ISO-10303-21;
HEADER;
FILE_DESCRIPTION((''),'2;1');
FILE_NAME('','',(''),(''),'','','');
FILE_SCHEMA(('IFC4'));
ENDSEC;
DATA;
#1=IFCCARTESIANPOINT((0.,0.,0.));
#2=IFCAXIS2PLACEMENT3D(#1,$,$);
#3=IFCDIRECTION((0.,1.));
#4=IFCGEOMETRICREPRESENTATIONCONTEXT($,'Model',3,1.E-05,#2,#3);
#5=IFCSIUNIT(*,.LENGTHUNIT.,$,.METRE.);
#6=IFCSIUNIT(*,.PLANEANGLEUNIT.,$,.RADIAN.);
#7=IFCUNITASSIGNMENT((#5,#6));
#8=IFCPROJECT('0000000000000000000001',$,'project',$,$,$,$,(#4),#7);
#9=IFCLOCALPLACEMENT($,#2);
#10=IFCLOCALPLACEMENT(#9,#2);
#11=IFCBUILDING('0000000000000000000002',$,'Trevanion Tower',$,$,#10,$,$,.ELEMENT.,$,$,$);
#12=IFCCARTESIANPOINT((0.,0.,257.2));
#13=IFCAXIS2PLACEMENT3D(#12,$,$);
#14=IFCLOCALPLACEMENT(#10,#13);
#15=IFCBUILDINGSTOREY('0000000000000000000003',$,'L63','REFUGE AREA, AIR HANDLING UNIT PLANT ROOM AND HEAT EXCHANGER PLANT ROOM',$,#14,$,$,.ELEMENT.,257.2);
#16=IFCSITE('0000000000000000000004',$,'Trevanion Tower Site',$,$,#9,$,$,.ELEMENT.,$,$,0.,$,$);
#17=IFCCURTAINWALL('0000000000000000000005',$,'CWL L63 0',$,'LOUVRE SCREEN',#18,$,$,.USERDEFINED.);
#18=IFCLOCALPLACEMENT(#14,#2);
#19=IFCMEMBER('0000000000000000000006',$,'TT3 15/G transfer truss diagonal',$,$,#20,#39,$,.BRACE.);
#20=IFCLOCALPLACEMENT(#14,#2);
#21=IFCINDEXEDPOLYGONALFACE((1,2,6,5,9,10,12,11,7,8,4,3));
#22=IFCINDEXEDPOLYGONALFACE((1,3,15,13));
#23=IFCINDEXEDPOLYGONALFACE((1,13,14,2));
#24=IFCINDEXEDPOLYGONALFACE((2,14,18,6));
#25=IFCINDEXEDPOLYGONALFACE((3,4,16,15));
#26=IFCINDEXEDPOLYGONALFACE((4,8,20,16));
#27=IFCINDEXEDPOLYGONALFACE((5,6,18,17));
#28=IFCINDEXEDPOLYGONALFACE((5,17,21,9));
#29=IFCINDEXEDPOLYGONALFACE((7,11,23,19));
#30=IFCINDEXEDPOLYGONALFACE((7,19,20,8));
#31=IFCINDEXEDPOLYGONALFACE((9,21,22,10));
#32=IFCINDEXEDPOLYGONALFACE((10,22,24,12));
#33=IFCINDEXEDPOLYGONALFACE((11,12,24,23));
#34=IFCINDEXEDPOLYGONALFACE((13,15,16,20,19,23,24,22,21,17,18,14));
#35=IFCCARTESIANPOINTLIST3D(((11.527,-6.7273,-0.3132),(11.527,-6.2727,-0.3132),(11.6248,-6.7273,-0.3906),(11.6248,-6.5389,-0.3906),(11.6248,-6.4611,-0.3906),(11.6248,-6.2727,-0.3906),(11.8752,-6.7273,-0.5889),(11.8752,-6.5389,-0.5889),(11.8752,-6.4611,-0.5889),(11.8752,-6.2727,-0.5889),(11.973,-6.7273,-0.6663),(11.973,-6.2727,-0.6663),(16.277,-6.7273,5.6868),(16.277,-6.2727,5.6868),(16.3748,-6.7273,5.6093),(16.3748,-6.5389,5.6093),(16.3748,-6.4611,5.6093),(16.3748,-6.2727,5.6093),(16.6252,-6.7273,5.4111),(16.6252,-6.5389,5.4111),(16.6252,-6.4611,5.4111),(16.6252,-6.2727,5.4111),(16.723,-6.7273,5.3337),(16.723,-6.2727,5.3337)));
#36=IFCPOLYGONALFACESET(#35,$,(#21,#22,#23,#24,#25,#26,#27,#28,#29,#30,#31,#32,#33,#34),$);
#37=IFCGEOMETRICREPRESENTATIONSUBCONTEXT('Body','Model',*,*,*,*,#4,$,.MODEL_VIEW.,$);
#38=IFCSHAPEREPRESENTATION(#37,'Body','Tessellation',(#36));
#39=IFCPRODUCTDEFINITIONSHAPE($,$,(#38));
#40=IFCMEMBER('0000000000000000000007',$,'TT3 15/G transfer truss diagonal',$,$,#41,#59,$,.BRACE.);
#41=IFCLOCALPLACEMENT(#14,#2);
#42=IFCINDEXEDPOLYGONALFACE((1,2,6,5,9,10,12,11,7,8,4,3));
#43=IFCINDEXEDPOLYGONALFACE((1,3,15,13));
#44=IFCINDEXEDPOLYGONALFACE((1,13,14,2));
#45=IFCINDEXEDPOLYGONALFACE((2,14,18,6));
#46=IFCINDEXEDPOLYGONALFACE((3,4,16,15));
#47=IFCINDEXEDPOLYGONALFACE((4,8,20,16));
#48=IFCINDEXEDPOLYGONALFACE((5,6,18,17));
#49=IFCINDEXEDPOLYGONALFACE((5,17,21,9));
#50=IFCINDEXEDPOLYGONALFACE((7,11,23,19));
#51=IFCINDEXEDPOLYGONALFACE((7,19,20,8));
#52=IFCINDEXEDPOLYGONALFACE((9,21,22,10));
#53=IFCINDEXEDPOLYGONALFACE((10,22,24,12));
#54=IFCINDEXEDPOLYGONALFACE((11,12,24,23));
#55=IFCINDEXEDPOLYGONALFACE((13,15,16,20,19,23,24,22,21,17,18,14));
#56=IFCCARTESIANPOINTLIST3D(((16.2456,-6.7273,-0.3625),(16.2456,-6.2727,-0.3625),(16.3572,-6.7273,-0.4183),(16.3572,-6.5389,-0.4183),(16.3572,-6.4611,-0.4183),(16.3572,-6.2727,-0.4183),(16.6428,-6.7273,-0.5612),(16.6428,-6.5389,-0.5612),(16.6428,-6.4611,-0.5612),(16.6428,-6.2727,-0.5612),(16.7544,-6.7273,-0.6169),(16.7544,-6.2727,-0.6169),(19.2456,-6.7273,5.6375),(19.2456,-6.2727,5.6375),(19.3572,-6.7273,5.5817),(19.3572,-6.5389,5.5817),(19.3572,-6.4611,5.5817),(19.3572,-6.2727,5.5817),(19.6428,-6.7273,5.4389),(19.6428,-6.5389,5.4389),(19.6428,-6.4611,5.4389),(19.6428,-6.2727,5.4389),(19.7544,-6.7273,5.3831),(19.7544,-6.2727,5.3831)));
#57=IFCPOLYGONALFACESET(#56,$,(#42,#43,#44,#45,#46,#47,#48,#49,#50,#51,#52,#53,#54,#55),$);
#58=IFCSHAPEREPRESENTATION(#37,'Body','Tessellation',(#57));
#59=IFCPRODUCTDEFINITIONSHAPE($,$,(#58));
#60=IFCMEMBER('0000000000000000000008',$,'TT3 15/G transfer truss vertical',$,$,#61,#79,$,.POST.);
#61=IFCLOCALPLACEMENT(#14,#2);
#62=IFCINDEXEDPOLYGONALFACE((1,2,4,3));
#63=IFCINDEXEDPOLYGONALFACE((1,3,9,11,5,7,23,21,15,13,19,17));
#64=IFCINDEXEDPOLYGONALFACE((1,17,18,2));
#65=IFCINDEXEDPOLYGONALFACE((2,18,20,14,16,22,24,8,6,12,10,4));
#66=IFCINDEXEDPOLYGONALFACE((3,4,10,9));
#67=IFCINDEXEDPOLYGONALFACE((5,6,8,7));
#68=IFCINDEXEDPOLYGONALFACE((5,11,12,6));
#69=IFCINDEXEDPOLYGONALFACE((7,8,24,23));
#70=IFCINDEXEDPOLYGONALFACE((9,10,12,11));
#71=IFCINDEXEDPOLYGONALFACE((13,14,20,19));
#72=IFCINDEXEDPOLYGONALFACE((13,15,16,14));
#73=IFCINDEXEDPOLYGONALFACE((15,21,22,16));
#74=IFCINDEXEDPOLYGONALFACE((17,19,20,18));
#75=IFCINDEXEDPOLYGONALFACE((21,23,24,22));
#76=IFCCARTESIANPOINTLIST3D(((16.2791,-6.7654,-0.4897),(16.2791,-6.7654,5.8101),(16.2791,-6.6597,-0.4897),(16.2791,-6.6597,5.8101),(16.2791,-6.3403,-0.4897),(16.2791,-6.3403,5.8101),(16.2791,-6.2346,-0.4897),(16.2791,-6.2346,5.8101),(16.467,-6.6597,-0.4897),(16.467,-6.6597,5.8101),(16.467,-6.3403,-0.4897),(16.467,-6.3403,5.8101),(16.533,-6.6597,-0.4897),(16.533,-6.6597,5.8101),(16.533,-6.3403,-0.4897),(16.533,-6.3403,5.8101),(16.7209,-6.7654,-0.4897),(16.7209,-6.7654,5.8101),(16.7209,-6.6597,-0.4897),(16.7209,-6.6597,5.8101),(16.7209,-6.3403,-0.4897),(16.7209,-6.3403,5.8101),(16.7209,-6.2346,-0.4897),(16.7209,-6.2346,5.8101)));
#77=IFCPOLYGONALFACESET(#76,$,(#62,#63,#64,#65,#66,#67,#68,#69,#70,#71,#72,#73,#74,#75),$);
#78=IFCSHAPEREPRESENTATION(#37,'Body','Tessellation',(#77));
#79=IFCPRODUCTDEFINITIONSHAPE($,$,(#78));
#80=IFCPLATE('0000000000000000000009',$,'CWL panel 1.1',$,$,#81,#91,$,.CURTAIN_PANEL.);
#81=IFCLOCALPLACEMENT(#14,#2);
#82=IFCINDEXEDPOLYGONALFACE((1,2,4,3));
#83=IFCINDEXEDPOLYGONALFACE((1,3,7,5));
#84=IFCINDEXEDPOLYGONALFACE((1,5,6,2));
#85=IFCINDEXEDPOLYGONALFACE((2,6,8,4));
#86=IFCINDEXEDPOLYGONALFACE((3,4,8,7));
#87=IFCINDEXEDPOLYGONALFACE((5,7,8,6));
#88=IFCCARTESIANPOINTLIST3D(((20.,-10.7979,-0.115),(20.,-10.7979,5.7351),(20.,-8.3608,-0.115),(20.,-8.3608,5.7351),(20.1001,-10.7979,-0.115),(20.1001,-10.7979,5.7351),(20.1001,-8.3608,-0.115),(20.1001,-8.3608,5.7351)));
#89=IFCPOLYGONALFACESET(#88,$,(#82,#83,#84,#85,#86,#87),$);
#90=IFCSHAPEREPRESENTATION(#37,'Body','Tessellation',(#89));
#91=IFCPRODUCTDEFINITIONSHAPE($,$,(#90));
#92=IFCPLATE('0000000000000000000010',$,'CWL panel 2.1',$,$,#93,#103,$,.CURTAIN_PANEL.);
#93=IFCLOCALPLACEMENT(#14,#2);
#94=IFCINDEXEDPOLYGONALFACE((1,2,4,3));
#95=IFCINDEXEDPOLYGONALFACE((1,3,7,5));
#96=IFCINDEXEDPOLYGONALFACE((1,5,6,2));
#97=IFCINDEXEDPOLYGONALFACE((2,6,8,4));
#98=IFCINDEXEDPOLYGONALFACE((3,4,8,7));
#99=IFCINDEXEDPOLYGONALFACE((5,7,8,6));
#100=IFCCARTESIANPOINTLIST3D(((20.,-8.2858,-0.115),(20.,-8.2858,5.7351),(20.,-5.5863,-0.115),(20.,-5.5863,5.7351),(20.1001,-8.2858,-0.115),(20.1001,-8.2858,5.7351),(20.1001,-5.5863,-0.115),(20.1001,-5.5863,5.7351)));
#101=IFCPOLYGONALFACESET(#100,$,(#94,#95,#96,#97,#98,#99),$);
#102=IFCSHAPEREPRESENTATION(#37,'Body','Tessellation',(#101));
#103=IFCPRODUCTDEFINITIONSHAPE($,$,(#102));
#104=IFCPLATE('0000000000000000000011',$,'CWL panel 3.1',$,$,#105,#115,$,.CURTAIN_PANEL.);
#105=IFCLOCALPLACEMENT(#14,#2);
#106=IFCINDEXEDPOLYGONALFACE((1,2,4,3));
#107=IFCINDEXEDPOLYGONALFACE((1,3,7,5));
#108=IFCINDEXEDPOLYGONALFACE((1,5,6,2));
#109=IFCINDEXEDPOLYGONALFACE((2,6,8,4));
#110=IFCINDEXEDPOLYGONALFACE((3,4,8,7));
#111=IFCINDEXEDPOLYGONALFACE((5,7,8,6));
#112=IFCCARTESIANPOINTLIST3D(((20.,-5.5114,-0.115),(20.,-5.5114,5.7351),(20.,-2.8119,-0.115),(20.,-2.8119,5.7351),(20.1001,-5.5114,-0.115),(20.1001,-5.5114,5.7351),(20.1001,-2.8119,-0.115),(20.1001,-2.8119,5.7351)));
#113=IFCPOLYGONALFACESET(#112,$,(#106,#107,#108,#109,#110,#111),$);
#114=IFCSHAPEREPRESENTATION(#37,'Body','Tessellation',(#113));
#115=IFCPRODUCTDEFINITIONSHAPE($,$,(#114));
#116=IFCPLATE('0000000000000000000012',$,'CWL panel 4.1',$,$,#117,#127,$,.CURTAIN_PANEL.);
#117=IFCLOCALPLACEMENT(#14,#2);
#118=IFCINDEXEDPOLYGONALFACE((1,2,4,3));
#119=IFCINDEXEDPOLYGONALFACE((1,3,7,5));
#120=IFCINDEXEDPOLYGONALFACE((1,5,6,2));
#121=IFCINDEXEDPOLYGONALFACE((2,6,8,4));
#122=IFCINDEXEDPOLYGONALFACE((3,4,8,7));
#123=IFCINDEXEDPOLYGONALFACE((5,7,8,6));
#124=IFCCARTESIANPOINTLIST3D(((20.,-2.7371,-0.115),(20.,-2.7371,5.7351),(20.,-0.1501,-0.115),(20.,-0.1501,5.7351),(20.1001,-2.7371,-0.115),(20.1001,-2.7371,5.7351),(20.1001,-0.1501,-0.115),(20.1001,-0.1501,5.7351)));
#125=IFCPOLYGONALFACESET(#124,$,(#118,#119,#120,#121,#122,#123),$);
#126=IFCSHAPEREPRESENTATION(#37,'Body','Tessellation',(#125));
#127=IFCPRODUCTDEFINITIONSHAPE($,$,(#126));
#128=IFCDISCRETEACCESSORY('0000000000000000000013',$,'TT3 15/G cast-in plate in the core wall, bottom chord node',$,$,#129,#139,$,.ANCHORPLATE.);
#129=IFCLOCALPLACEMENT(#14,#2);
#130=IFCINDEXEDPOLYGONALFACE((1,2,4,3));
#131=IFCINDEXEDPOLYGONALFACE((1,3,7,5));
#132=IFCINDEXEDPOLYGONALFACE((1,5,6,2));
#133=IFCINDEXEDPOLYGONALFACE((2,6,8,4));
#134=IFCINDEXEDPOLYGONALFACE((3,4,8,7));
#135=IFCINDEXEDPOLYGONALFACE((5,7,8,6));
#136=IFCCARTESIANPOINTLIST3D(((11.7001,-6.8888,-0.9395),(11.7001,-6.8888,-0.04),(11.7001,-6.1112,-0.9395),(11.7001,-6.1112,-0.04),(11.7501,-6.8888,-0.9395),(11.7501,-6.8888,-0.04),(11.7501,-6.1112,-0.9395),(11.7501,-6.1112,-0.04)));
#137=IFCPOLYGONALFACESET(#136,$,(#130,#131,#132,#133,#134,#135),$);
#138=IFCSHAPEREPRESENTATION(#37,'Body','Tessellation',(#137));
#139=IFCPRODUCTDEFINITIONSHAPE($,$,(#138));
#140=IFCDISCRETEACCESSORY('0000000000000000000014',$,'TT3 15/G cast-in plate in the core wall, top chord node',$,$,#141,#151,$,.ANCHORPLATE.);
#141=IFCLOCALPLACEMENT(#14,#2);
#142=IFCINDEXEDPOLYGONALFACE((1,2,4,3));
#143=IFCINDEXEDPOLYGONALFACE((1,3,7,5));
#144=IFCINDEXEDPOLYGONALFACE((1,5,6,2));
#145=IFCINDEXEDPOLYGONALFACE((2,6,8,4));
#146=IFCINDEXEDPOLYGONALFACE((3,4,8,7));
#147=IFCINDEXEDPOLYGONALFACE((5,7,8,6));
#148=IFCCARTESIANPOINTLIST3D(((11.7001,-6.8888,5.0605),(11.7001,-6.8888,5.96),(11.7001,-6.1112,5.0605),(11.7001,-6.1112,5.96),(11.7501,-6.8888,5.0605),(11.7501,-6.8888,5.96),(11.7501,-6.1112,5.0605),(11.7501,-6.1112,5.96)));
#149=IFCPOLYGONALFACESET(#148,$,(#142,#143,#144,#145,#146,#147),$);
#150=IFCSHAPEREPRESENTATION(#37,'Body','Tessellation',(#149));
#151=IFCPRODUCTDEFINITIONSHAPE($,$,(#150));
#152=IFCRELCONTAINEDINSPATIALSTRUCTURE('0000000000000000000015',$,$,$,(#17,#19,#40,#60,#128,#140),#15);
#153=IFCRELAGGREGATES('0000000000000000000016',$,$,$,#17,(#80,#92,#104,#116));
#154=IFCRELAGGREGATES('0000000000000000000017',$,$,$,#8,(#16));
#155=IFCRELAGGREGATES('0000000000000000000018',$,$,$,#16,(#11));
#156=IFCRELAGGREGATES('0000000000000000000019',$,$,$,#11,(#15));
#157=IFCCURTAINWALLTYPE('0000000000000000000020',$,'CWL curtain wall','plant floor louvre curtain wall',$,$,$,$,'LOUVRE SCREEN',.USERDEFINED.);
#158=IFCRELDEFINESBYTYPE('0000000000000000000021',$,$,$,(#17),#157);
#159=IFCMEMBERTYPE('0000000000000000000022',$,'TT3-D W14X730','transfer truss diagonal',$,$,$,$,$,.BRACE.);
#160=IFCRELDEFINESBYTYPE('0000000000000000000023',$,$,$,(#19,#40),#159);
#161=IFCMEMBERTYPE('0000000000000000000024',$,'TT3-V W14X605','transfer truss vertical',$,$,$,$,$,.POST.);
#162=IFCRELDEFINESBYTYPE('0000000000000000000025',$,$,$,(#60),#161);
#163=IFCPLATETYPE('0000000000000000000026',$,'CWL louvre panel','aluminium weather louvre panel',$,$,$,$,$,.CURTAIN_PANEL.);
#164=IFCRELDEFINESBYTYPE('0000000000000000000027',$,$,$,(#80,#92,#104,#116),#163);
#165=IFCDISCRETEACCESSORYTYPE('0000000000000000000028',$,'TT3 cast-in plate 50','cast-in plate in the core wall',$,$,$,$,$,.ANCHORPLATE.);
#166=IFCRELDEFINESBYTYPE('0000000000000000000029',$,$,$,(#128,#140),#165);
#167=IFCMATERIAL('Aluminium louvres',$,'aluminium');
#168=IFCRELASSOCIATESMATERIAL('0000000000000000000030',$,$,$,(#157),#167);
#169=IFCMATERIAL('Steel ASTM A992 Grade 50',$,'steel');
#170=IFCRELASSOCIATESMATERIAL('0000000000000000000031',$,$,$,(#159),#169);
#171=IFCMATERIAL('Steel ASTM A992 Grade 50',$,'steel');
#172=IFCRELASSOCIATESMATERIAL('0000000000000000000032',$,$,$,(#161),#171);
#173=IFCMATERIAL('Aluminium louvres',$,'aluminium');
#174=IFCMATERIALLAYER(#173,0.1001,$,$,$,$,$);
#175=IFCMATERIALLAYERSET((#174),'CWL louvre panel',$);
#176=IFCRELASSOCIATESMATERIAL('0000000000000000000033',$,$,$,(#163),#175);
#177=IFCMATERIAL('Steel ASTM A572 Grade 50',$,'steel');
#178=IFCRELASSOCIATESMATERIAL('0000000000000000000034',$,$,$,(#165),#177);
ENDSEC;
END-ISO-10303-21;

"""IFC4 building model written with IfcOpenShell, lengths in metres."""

from ifc_helpers import new_model, si_unit, direction, frame, origin, origin_2d, place, context, subcontext, project, spatial, rectangle, i_section, extrude, material, layer, layer_set, material_profile, profile_set, type_object, element, aggregate, save


model = new_model("IFC4")

# Units and contexts
model_context = context("Model", 3, precision=1e-05, world=origin(), true_north=direction((0.0, 1.0)))
body_context = subcontext(model_context, "Body", "Model", "MODEL_VIEW")
ifc_project = project(units=[si_unit("LENGTHUNIT", "METRE"), si_unit("PLANEANGLEUNIT", "RADIAN")], contexts=[model_context])

# Site, building, storey
site_placement = place(None, origin())
site = spatial("IfcSite", under=ifc_project, at=site_placement, Name="Trevanion Tower Site", CompositionType="ELEMENT", RefElevation=0.0)
building_placement = place(site_placement, origin())
building = spatial("IfcBuilding", under=site, at=building_placement, Name="Trevanion Tower", CompositionType="ELEMENT")
storey_placement = place(building_placement, frame((0.0, 0.0, 257.2)))
storey = spatial("IfcBuildingStorey", under=building, at=storey_placement, Name="L63", Description="REFUGE AREA, AIR HANDLING UNIT PLANT ROOM AND HEAT EXCHANGER PLANT ROOM", CompositionType="ELEMENT", Elevation=257.2)

# Curtain wall
ifc_material_1 = material(Name="Aluminium louvres", Category="aluminium")
curtain_wall_type = type_object("IfcCurtainWallType", Name="CWL curtain wall", Description="plant floor louvre curtain wall", ElementType="LOUVRE SCREEN", PredefinedType="USERDEFINED", material=ifc_material_1)
curtain_wall_placement = place(storey_placement, origin())
curtain_wall = element("IfcCurtainWall", 1, at=curtain_wall_placement, inside=storey, type_object=curtain_wall_type, Name="CWL L63 0", ObjectType="LOUVRE SCREEN", PredefinedType="USERDEFINED")

# Members
ifc_material_2 = material(Name="Steel ASTM A992 Grade 50", Category="steel")
ifc_material_profile_1 = material_profile(ifc_material_2, i_section(OverallWidth=0.4546, OverallDepth=0.5688, WebThickness=0.0779, FlangeThickness=0.1248, at=origin_2d()), Name="W14X730")
ifc_profile_set_1 = profile_set([ifc_material_profile_1], Name="Steel ASTM A992 Grade 50")
member_type_1 = type_object("IfcMemberType", Name="TT3-D W14X730", Description="transfer truss diagonal", PredefinedType="BRACE", material=ifc_profile_set_1)
member_1_placement = place(storey_placement, frame((11.75, -6.5, -0.4897), z_axis=(0.620703, 0.0, 0.784046), x_axis=(0.0, 1.0, 0.0)))
element("IfcMember", 2, at=member_1_placement, inside=storey, type_object=member_type_1, Name="TT3 15/G transfer truss diagonal", PredefinedType="BRACE", context=body_context, shape_type="SweptSolid", body=[
    extrude(i_section(OverallWidth=0.4546, OverallDepth=0.5688, WebThickness=0.0779, FlangeThickness=0.1248, at=origin_2d()), origin(), (0.0, 0.0, 1.0), 7.6526),
])
member_2_placement = place(storey_placement, frame((16.5, -6.5, -0.4897), z_axis=(0.447214, 0.0, 0.894427), x_axis=(0.0, 1.0, 0.0)))
element("IfcMember", 3, at=member_2_placement, inside=storey, type_object=member_type_1, Name="TT3 15/G transfer truss diagonal", PredefinedType="BRACE", context=body_context, shape_type="SweptSolid", body=[
    extrude(i_section(OverallWidth=0.4546, OverallDepth=0.5688, WebThickness=0.0779, FlangeThickness=0.1248, at=origin_2d()), origin(), (0.0, 0.0, 1.0), 6.7083),
])
ifc_material_3 = material(Name="Steel ASTM A992 Grade 50", Category="steel")
ifc_material_profile_2 = material_profile(ifc_material_3, i_section(OverallWidth=0.4419, OverallDepth=0.5308, WebThickness=0.0659, FlangeThickness=0.1057, at=origin_2d()), Name="W14X605")
ifc_profile_set_2 = profile_set([ifc_material_profile_2], Name="Steel ASTM A992 Grade 50")
member_type_2 = type_object("IfcMemberType", Name="TT3-V W14X605", Description="transfer truss vertical", PredefinedType="POST", material=ifc_profile_set_2)
member_3_placement = place(storey_placement, frame((16.5, -6.5, -0.4897), z_axis=(0.0, 0.0, 1.0), x_axis=(1.0, 0.0, 0.0)))
element("IfcMember", 4, at=member_3_placement, inside=storey, type_object=member_type_2, Name="TT3 15/G transfer truss vertical", PredefinedType="POST", context=body_context, shape_type="SweptSolid", body=[
    extrude(i_section(OverallWidth=0.4419, OverallDepth=0.5308, WebThickness=0.0659, FlangeThickness=0.1057, at=origin_2d()), origin(), (0.0, 0.0, 1.0), 6.2998),
])

# Plates
ifc_material_4 = material(Name="Aluminium louvres", Category="aluminium")
ifc_layer = layer(ifc_material_4, 0.1001)
ifc_layer_set = layer_set([ifc_layer], Name="CWL louvre panel")
plate_type = type_object("IfcPlateType", Name="CWL louvre panel", Description="aluminium weather louvre panel", PredefinedType="CURTAIN_PANEL", material=ifc_layer_set)
plate_1_placement = place(storey_placement, frame((20.05, -9.5793, -0.115), z_axis=(0.0, 0.0, 1.0), x_axis=(0.0, 1.0, 0.0)))
plate_1 = element("IfcPlate", 5, at=plate_1_placement, type_object=plate_type, Name="CWL panel 1.1", PredefinedType="CURTAIN_PANEL", context=body_context, shape_type="SweptSolid", body=[
    extrude(rectangle(XDim=2.437, YDim=0.1001, at=origin_2d()), origin(), (0.0, 0.0, 1.0), 5.8501),
])
plate_2_placement = place(storey_placement, frame((20.05, -6.936, -0.115), z_axis=(0.0, 0.0, 1.0), x_axis=(0.0, 1.0, 0.0)))
plate_2 = element("IfcPlate", 6, at=plate_2_placement, type_object=plate_type, Name="CWL panel 2.1", PredefinedType="CURTAIN_PANEL", context=body_context, shape_type="SweptSolid", body=[
    extrude(rectangle(XDim=2.6995, YDim=0.1001, at=origin_2d()), origin(), (0.0, 0.0, 1.0), 5.8501),
])
plate_3_placement = place(storey_placement, frame((20.05, -4.1616, -0.115), z_axis=(0.0, 0.0, 1.0), x_axis=(0.0, 1.0, 0.0)))
plate_3 = element("IfcPlate", 7, at=plate_3_placement, type_object=plate_type, Name="CWL panel 3.1", PredefinedType="CURTAIN_PANEL", context=body_context, shape_type="SweptSolid", body=[
    extrude(rectangle(XDim=2.6995, YDim=0.1001, at=origin_2d()), origin(), (0.0, 0.0, 1.0), 5.8501),
])
plate_4_placement = place(storey_placement, frame((20.05, -1.4436, -0.115), z_axis=(0.0, 0.0, 1.0), x_axis=(0.0, 1.0, 0.0)))
plate_4 = element("IfcPlate", 8, at=plate_4_placement, type_object=plate_type, Name="CWL panel 4.1", PredefinedType="CURTAIN_PANEL", context=body_context, shape_type="SweptSolid", body=[
    extrude(rectangle(XDim=2.5869, YDim=0.1001, at=origin_2d()), origin(), (0.0, 0.0, 1.0), 5.8501),
])
aggregate(curtain_wall, [plate_1, plate_2, plate_3, plate_4])

# Discrete accessories
ifc_material_5 = material(Name="Steel ASTM A572 Grade 50", Category="steel")
discrete_accessory_type = type_object("IfcDiscreteAccessoryType", Name="TT3 cast-in plate 50", Description="cast-in plate in the core wall", PredefinedType="ANCHORPLATE", material=ifc_material_5)
for number, where, z_axis, x_axis, name in (
    (9, (11.7251, -6.5, -0.9395), (0.0, 0.0, 1.0), (1.0, 0.0, 0.0), "TT3 15/G cast-in plate in the core wall, bottom chord node"),
    (10, (11.7251, -6.5, 5.0605), (0.0, 0.0, 1.0), (1.0, 0.0, 0.0), "TT3 15/G cast-in plate in the core wall, top chord node"),
):
    element("IfcDiscreteAccessory", number, at=place(storey_placement, frame(where, z_axis=z_axis, x_axis=x_axis)), inside=storey, type_object=discrete_accessory_type, Name=name, PredefinedType="ANCHORPLATE", context=body_context, shape_type="SweptSolid", body=[
        extrude(rectangle(XDim=0.05, YDim=0.7776, at=origin_2d()), origin(), (0.0, 0.0, 1.0), 0.8994),
    ])

save(model, "model.ifc")
